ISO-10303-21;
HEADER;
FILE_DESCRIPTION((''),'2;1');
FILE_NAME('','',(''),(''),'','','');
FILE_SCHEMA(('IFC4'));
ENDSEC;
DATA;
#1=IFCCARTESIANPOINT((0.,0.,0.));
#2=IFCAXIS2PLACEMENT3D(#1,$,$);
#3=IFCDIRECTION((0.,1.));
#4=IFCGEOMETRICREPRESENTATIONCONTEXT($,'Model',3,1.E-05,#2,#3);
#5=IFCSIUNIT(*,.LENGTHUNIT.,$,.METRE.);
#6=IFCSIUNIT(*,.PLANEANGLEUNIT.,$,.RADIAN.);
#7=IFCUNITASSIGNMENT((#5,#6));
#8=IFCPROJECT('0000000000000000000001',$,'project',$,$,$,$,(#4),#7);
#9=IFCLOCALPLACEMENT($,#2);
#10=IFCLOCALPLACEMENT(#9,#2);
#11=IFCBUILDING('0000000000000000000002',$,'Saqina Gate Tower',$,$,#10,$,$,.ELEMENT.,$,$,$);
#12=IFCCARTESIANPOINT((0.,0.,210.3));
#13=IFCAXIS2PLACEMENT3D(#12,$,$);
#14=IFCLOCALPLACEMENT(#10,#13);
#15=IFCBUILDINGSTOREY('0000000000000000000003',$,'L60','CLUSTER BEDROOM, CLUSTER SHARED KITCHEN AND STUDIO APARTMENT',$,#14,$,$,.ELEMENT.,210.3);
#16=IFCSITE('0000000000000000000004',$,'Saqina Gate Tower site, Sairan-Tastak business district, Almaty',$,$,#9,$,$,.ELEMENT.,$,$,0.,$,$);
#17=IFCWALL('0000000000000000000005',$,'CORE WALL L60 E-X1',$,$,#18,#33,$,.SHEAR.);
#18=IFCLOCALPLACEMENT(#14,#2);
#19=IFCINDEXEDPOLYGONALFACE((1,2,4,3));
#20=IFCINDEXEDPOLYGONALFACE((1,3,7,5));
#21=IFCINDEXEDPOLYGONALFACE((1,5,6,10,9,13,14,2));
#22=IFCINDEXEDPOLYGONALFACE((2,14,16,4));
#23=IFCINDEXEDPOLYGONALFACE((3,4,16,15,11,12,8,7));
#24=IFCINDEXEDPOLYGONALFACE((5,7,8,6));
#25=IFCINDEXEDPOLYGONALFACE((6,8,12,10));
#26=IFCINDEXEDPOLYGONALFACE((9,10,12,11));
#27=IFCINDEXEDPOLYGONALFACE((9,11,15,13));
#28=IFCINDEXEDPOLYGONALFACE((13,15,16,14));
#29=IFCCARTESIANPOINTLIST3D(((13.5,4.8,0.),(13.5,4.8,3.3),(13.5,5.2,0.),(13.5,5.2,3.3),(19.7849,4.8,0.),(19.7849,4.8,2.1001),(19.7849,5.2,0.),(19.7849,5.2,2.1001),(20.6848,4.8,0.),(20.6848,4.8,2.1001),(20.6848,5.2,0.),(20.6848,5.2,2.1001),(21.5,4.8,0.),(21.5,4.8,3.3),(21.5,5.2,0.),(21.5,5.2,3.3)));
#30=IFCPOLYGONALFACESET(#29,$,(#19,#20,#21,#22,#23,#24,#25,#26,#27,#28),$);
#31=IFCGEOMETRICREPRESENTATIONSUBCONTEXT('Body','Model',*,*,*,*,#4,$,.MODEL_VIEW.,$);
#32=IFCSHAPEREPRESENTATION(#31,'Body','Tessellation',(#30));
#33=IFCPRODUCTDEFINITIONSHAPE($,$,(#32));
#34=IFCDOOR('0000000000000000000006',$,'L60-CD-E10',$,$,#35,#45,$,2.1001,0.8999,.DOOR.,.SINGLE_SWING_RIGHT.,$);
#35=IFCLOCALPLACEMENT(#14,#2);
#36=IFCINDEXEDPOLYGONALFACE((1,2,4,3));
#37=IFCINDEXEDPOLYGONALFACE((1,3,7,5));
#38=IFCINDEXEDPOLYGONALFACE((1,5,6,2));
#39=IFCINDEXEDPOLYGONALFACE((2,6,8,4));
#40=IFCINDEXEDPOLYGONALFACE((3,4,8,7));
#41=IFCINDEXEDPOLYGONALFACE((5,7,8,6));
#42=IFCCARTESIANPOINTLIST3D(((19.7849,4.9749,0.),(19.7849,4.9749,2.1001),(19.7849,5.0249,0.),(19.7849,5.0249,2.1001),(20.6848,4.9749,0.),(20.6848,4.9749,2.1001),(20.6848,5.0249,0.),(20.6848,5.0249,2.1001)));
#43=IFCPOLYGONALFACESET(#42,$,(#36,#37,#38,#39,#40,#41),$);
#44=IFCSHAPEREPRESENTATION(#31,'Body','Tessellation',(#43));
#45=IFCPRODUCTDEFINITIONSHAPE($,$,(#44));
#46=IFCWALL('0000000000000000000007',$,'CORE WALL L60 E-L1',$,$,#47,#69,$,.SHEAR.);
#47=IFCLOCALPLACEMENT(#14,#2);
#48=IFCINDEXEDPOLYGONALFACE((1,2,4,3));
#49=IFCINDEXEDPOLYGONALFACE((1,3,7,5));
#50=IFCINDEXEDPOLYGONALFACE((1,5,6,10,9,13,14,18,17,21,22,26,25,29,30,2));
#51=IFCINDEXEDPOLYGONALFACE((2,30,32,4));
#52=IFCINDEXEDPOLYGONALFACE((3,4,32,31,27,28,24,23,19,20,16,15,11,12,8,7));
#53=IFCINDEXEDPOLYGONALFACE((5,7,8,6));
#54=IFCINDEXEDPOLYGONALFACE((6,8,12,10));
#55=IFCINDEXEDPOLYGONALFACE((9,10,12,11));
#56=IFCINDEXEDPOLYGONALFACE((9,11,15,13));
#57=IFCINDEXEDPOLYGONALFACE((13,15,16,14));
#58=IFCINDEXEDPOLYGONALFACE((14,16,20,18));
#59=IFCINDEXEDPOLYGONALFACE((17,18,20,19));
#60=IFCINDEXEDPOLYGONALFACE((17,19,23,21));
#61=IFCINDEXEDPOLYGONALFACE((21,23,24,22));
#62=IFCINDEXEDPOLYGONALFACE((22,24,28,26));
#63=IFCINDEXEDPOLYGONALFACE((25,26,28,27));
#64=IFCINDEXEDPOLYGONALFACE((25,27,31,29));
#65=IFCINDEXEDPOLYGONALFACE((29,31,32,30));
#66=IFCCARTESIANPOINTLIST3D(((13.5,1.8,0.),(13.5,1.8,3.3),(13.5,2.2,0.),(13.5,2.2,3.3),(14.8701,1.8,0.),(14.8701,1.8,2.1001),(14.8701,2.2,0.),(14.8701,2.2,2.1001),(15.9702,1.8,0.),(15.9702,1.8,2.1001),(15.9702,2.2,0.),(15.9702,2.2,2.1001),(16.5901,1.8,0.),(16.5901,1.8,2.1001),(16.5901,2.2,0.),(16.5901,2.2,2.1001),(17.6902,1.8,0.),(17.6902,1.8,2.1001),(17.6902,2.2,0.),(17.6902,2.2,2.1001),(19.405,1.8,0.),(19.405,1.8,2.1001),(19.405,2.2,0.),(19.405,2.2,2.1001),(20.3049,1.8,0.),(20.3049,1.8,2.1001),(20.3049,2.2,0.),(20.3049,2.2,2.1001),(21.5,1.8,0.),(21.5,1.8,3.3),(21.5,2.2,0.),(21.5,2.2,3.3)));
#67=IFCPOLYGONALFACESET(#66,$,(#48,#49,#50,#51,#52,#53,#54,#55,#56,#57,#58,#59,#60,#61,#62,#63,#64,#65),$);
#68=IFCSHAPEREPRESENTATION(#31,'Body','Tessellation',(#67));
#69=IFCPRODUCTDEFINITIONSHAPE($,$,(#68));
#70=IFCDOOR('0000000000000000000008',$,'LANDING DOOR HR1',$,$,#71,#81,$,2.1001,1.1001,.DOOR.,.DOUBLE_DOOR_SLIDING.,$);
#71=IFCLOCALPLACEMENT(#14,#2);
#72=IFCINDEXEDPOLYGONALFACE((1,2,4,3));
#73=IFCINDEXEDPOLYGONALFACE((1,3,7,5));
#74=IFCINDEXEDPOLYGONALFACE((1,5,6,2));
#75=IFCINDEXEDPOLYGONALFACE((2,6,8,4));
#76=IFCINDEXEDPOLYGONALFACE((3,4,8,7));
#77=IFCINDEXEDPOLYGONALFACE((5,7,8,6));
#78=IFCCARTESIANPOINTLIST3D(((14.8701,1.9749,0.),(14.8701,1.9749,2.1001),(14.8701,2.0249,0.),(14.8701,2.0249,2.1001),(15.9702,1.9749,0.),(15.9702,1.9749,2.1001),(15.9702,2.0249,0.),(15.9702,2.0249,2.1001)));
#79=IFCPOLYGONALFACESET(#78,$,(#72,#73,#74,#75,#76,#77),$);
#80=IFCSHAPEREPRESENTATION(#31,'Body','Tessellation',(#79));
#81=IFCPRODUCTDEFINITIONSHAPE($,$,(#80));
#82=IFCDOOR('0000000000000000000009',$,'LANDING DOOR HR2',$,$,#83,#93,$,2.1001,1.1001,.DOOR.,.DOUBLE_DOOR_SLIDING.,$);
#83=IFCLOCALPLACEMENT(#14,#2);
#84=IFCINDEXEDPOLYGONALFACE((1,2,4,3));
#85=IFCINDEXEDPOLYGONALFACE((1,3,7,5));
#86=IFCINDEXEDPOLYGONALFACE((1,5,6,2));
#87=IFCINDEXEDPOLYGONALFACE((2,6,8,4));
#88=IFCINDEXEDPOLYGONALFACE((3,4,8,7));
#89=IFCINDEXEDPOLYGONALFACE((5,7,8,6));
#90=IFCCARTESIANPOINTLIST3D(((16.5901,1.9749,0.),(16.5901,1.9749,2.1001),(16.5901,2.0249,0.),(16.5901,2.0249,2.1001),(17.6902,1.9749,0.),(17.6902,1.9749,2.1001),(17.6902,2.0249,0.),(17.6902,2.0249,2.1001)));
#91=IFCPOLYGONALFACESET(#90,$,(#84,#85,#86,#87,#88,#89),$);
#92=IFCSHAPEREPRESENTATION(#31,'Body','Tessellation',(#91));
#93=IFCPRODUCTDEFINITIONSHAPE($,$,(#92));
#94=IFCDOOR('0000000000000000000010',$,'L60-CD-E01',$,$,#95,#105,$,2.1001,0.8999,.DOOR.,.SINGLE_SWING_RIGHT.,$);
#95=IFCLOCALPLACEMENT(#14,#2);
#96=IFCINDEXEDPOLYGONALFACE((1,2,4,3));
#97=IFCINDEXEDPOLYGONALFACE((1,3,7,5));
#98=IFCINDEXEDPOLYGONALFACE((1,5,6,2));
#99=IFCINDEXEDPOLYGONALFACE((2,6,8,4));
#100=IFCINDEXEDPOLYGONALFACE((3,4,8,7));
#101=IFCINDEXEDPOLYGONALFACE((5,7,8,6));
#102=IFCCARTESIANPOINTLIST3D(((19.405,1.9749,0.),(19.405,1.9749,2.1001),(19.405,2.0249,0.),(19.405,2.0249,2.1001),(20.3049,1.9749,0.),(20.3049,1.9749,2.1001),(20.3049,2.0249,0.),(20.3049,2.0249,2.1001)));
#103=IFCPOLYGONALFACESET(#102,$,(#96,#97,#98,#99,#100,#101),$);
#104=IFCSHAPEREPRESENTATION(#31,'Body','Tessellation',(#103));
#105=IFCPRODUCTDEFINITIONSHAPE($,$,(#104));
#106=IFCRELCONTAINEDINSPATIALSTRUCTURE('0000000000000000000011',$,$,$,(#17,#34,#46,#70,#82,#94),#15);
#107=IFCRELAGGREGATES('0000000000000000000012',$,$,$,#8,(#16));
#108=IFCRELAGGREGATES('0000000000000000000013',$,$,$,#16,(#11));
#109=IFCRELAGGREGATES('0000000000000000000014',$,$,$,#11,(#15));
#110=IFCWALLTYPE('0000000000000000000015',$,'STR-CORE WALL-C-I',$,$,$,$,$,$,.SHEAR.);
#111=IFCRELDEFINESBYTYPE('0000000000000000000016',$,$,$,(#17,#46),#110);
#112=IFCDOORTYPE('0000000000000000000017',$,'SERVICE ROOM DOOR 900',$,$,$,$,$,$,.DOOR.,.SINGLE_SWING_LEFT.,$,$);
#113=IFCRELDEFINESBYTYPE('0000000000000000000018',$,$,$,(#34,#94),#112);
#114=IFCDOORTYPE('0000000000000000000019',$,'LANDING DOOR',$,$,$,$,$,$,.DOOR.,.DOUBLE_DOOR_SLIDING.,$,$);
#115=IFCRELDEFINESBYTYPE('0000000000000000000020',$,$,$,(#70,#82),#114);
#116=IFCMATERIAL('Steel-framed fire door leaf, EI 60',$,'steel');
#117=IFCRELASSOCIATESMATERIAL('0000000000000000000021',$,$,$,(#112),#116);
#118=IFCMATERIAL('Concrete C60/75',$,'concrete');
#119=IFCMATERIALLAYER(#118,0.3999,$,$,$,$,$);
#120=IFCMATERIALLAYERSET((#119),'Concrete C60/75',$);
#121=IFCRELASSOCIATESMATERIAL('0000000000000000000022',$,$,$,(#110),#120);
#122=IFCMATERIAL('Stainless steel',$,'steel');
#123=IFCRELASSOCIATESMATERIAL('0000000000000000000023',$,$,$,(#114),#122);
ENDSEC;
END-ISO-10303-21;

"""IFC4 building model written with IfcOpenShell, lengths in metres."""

from ifc_helpers import new_model, si_unit, direction, frame, frame_2d, origin, place, context, subcontext, project, spatial, rectangle, extrude, material, layer, layer_set, type_object, element, fill, save


model = new_model("IFC4")

# Units and contexts
model_context = context("Model", 3, precision=1e-05, world=origin(), true_north=direction((0.0, 1.0)))
body_context = subcontext(model_context, "Body", "Model", "MODEL_VIEW")
ifc_project = project(units=[si_unit("LENGTHUNIT", "METRE"), si_unit("PLANEANGLEUNIT", "RADIAN")], contexts=[model_context])

# Site, building, storey
site_placement = place(None, origin())
site = spatial("IfcSite", under=ifc_project, at=site_placement, Name="Saqina Gate Tower site, Sairan-Tastak business district, Almaty", CompositionType="ELEMENT", RefElevation=0.0)
building_placement = place(site_placement, origin())
building = spatial("IfcBuilding", under=site, at=building_placement, Name="Saqina Gate Tower", CompositionType="ELEMENT")
storey_placement = place(building_placement, frame((0.0, 0.0, 210.3)))
storey = spatial("IfcBuildingStorey", under=building, at=storey_placement, Name="L60", Description="CLUSTER BEDROOM, CLUSTER SHARED KITCHEN AND STUDIO APARTMENT", CompositionType="ELEMENT", Elevation=210.3)

# Shared definitions
ifc_material_1 = material(Name="Steel-framed fire door leaf, EI 60", Category="steel")
door_type_1 = type_object("IfcDoorType", Name="SERVICE ROOM DOOR 900", OperationType="SINGLE_SWING_LEFT", PredefinedType="DOOR", material=ifc_material_1)

# Wall, opening, door
ifc_material_2 = material(Name="Concrete C60/75", Category="concrete")
ifc_layer_1 = layer(ifc_material_2, 0.3999)
ifc_layer_set_1 = layer_set([ifc_layer_1], Name="Concrete C60/75")
wall_type_1 = type_object("IfcWallType", Name="STR-CORE WALL-C-I", PredefinedType="SHEAR", material=ifc_layer_set_1)
wall_1_placement = place(storey_placement, frame((13.5, 5.0, 0.0), z_axis=(0.0, 0.0, 1.0), x_axis=(1.0, 0.0, 0.0)))
wall_1 = element("IfcWall", 1, at=wall_1_placement, inside=storey, type_object=wall_type_1, Name="CORE WALL L60 E-X1", PredefinedType="SHEAR", context=body_context, shape_type="SweptSolid", body=[
    extrude(rectangle(XDim=8.0, YDim=0.3999, at=frame_2d((4.0, 0.0))), origin(), (0.0, 0.0, 1.0), 3.3),
])
opening_1_placement = place(wall_1_placement, frame((6.2849, 0.0, 0.0)))
opening_1 = element("IfcOpeningElement", 2, at=opening_1_placement, cuts=wall_1, PredefinedType="OPENING", context=body_context, shape_type="SweptSolid", body=[
    extrude(rectangle(XDim=0.8999, YDim=2.1001, at=frame_2d((0.45, 1.05))), frame((0.0, 0.2119, 0.0), z_axis=(0.0, -1.0, 0.0), x_axis=(1.0, 0.0, 0.0)), (0.0, 0.0, 1.0), 0.4238),
])
door_1_placement = place(opening_1_placement, origin())
door_1 = element("IfcDoor", 3, at=door_1_placement, inside=storey, type_object=door_type_1, Name="L60-CD-E10", OperationType="SINGLE_SWING_RIGHT", OverallHeight=2.1001, OverallWidth=0.8999, PredefinedType="DOOR", context=body_context, shape_type="SweptSolid", body=[
    extrude(rectangle(XDim=0.8999, YDim=2.1001, at=frame_2d((0.45, 1.05))), frame((0.0, 0.0249, 0.0), z_axis=(0.0, -1.0, 0.0), x_axis=(1.0, 0.0, 0.0)), (0.0, 0.0, 1.0), 0.05),
])
fill(opening_1, door_1)

# Wall, openings, doors
wall_2_placement = place(storey_placement, frame((13.5, 2.0, 0.0), z_axis=(0.0, 0.0, 1.0), x_axis=(1.0, 0.0, 0.0)))
wall_2 = element("IfcWall", 4, at=wall_2_placement, inside=storey, type_object=wall_type_1, Name="CORE WALL L60 E-L1", PredefinedType="SHEAR", context=body_context, shape_type="SweptSolid", body=[
    extrude(rectangle(XDim=8.0, YDim=0.3999, at=frame_2d((4.0, 0.0))), origin(), (0.0, 0.0, 1.0), 3.3),
])
opening_2_placement = place(wall_2_placement, frame((1.3701, 0.0, 0.0)))
opening_2 = element("IfcOpeningElement", 5, at=opening_2_placement, cuts=wall_2, PredefinedType="OPENING", context=body_context, shape_type="SweptSolid", body=[
    extrude(rectangle(XDim=1.1001, YDim=2.1001, at=frame_2d((0.55, 1.05))), frame((0.0, 0.2119, 0.0), z_axis=(0.0, -1.0, 0.0), x_axis=(1.0, 0.0, 0.0)), (0.0, 0.0, 1.0), 0.4238),
])
opening_3_placement = place(wall_2_placement, frame((3.0901, 0.0, 0.0)))
opening_3 = element("IfcOpeningElement", 6, at=opening_3_placement, cuts=wall_2, PredefinedType="OPENING", context=body_context, shape_type="SweptSolid", body=[
    extrude(rectangle(XDim=1.1001, YDim=2.1001, at=frame_2d((0.55, 1.05))), frame((0.0, 0.2119, 0.0), z_axis=(0.0, -1.0, 0.0), x_axis=(1.0, 0.0, 0.0)), (0.0, 0.0, 1.0), 0.4238),
])
opening_4_placement = place(wall_2_placement, frame((5.905, 0.0, 0.0)))
opening_4 = element("IfcOpeningElement", 7, at=opening_4_placement, cuts=wall_2, PredefinedType="OPENING", context=body_context, shape_type="SweptSolid", body=[
    extrude(rectangle(XDim=0.8999, YDim=2.1001, at=frame_2d((0.45, 1.05))), frame((0.0, 0.2119, 0.0), z_axis=(0.0, -1.0, 0.0), x_axis=(1.0, 0.0, 0.0)), (0.0, 0.0, 1.0), 0.4238),
])
ifc_material_3 = material(Name="Stainless steel", Category="steel")
door_type_2 = type_object("IfcDoorType", Name="LANDING DOOR", OperationType="DOUBLE_DOOR_SLIDING", PredefinedType="DOOR", material=ifc_material_3)
door_2_placement = place(opening_2_placement, origin())
door_2 = element("IfcDoor", 8, at=door_2_placement, inside=storey, type_object=door_type_2, Name="LANDING DOOR HR1", OperationType="DOUBLE_DOOR_SLIDING", OverallHeight=2.1001, OverallWidth=1.1001, PredefinedType="DOOR", context=body_context, shape_type="SweptSolid", body=[
    extrude(rectangle(XDim=1.1001, YDim=2.1001, at=frame_2d((0.55, 1.05))), frame((0.0, 0.0249, 0.0), z_axis=(0.0, -1.0, 0.0), x_axis=(1.0, 0.0, 0.0)), (0.0, 0.0, 1.0), 0.05),
])
fill(opening_2, door_2)
door_3_placement = place(opening_3_placement, origin())
door_3 = element("IfcDoor", 9, at=door_3_placement, inside=storey, type_object=door_type_2, Name="LANDING DOOR HR2", OperationType="DOUBLE_DOOR_SLIDING", OverallHeight=2.1001, OverallWidth=1.1001, PredefinedType="DOOR", context=body_context, shape_type="SweptSolid", body=[
    extrude(rectangle(XDim=1.1001, YDim=2.1001, at=frame_2d((0.55, 1.05))), frame((0.0, 0.0249, 0.0), z_axis=(0.0, -1.0, 0.0), x_axis=(1.0, 0.0, 0.0)), (0.0, 0.0, 1.0), 0.05),
])
fill(opening_3, door_3)
door_4_placement = place(opening_4_placement, origin())
door_4 = element("IfcDoor", 10, at=door_4_placement, inside=storey, type_object=door_type_1, Name="L60-CD-E01", OperationType="SINGLE_SWING_RIGHT", OverallHeight=2.1001, OverallWidth=0.8999, PredefinedType="DOOR", context=body_context, shape_type="SweptSolid", body=[
    extrude(rectangle(XDim=0.8999, YDim=2.1001, at=frame_2d((0.45, 1.05))), frame((0.0, 0.0249, 0.0), z_axis=(0.0, -1.0, 0.0), x_axis=(1.0, 0.0, 0.0)), (0.0, 0.0, 1.0), 0.05),
])
fill(opening_4, door_4)

save(model, "model.ifc")
